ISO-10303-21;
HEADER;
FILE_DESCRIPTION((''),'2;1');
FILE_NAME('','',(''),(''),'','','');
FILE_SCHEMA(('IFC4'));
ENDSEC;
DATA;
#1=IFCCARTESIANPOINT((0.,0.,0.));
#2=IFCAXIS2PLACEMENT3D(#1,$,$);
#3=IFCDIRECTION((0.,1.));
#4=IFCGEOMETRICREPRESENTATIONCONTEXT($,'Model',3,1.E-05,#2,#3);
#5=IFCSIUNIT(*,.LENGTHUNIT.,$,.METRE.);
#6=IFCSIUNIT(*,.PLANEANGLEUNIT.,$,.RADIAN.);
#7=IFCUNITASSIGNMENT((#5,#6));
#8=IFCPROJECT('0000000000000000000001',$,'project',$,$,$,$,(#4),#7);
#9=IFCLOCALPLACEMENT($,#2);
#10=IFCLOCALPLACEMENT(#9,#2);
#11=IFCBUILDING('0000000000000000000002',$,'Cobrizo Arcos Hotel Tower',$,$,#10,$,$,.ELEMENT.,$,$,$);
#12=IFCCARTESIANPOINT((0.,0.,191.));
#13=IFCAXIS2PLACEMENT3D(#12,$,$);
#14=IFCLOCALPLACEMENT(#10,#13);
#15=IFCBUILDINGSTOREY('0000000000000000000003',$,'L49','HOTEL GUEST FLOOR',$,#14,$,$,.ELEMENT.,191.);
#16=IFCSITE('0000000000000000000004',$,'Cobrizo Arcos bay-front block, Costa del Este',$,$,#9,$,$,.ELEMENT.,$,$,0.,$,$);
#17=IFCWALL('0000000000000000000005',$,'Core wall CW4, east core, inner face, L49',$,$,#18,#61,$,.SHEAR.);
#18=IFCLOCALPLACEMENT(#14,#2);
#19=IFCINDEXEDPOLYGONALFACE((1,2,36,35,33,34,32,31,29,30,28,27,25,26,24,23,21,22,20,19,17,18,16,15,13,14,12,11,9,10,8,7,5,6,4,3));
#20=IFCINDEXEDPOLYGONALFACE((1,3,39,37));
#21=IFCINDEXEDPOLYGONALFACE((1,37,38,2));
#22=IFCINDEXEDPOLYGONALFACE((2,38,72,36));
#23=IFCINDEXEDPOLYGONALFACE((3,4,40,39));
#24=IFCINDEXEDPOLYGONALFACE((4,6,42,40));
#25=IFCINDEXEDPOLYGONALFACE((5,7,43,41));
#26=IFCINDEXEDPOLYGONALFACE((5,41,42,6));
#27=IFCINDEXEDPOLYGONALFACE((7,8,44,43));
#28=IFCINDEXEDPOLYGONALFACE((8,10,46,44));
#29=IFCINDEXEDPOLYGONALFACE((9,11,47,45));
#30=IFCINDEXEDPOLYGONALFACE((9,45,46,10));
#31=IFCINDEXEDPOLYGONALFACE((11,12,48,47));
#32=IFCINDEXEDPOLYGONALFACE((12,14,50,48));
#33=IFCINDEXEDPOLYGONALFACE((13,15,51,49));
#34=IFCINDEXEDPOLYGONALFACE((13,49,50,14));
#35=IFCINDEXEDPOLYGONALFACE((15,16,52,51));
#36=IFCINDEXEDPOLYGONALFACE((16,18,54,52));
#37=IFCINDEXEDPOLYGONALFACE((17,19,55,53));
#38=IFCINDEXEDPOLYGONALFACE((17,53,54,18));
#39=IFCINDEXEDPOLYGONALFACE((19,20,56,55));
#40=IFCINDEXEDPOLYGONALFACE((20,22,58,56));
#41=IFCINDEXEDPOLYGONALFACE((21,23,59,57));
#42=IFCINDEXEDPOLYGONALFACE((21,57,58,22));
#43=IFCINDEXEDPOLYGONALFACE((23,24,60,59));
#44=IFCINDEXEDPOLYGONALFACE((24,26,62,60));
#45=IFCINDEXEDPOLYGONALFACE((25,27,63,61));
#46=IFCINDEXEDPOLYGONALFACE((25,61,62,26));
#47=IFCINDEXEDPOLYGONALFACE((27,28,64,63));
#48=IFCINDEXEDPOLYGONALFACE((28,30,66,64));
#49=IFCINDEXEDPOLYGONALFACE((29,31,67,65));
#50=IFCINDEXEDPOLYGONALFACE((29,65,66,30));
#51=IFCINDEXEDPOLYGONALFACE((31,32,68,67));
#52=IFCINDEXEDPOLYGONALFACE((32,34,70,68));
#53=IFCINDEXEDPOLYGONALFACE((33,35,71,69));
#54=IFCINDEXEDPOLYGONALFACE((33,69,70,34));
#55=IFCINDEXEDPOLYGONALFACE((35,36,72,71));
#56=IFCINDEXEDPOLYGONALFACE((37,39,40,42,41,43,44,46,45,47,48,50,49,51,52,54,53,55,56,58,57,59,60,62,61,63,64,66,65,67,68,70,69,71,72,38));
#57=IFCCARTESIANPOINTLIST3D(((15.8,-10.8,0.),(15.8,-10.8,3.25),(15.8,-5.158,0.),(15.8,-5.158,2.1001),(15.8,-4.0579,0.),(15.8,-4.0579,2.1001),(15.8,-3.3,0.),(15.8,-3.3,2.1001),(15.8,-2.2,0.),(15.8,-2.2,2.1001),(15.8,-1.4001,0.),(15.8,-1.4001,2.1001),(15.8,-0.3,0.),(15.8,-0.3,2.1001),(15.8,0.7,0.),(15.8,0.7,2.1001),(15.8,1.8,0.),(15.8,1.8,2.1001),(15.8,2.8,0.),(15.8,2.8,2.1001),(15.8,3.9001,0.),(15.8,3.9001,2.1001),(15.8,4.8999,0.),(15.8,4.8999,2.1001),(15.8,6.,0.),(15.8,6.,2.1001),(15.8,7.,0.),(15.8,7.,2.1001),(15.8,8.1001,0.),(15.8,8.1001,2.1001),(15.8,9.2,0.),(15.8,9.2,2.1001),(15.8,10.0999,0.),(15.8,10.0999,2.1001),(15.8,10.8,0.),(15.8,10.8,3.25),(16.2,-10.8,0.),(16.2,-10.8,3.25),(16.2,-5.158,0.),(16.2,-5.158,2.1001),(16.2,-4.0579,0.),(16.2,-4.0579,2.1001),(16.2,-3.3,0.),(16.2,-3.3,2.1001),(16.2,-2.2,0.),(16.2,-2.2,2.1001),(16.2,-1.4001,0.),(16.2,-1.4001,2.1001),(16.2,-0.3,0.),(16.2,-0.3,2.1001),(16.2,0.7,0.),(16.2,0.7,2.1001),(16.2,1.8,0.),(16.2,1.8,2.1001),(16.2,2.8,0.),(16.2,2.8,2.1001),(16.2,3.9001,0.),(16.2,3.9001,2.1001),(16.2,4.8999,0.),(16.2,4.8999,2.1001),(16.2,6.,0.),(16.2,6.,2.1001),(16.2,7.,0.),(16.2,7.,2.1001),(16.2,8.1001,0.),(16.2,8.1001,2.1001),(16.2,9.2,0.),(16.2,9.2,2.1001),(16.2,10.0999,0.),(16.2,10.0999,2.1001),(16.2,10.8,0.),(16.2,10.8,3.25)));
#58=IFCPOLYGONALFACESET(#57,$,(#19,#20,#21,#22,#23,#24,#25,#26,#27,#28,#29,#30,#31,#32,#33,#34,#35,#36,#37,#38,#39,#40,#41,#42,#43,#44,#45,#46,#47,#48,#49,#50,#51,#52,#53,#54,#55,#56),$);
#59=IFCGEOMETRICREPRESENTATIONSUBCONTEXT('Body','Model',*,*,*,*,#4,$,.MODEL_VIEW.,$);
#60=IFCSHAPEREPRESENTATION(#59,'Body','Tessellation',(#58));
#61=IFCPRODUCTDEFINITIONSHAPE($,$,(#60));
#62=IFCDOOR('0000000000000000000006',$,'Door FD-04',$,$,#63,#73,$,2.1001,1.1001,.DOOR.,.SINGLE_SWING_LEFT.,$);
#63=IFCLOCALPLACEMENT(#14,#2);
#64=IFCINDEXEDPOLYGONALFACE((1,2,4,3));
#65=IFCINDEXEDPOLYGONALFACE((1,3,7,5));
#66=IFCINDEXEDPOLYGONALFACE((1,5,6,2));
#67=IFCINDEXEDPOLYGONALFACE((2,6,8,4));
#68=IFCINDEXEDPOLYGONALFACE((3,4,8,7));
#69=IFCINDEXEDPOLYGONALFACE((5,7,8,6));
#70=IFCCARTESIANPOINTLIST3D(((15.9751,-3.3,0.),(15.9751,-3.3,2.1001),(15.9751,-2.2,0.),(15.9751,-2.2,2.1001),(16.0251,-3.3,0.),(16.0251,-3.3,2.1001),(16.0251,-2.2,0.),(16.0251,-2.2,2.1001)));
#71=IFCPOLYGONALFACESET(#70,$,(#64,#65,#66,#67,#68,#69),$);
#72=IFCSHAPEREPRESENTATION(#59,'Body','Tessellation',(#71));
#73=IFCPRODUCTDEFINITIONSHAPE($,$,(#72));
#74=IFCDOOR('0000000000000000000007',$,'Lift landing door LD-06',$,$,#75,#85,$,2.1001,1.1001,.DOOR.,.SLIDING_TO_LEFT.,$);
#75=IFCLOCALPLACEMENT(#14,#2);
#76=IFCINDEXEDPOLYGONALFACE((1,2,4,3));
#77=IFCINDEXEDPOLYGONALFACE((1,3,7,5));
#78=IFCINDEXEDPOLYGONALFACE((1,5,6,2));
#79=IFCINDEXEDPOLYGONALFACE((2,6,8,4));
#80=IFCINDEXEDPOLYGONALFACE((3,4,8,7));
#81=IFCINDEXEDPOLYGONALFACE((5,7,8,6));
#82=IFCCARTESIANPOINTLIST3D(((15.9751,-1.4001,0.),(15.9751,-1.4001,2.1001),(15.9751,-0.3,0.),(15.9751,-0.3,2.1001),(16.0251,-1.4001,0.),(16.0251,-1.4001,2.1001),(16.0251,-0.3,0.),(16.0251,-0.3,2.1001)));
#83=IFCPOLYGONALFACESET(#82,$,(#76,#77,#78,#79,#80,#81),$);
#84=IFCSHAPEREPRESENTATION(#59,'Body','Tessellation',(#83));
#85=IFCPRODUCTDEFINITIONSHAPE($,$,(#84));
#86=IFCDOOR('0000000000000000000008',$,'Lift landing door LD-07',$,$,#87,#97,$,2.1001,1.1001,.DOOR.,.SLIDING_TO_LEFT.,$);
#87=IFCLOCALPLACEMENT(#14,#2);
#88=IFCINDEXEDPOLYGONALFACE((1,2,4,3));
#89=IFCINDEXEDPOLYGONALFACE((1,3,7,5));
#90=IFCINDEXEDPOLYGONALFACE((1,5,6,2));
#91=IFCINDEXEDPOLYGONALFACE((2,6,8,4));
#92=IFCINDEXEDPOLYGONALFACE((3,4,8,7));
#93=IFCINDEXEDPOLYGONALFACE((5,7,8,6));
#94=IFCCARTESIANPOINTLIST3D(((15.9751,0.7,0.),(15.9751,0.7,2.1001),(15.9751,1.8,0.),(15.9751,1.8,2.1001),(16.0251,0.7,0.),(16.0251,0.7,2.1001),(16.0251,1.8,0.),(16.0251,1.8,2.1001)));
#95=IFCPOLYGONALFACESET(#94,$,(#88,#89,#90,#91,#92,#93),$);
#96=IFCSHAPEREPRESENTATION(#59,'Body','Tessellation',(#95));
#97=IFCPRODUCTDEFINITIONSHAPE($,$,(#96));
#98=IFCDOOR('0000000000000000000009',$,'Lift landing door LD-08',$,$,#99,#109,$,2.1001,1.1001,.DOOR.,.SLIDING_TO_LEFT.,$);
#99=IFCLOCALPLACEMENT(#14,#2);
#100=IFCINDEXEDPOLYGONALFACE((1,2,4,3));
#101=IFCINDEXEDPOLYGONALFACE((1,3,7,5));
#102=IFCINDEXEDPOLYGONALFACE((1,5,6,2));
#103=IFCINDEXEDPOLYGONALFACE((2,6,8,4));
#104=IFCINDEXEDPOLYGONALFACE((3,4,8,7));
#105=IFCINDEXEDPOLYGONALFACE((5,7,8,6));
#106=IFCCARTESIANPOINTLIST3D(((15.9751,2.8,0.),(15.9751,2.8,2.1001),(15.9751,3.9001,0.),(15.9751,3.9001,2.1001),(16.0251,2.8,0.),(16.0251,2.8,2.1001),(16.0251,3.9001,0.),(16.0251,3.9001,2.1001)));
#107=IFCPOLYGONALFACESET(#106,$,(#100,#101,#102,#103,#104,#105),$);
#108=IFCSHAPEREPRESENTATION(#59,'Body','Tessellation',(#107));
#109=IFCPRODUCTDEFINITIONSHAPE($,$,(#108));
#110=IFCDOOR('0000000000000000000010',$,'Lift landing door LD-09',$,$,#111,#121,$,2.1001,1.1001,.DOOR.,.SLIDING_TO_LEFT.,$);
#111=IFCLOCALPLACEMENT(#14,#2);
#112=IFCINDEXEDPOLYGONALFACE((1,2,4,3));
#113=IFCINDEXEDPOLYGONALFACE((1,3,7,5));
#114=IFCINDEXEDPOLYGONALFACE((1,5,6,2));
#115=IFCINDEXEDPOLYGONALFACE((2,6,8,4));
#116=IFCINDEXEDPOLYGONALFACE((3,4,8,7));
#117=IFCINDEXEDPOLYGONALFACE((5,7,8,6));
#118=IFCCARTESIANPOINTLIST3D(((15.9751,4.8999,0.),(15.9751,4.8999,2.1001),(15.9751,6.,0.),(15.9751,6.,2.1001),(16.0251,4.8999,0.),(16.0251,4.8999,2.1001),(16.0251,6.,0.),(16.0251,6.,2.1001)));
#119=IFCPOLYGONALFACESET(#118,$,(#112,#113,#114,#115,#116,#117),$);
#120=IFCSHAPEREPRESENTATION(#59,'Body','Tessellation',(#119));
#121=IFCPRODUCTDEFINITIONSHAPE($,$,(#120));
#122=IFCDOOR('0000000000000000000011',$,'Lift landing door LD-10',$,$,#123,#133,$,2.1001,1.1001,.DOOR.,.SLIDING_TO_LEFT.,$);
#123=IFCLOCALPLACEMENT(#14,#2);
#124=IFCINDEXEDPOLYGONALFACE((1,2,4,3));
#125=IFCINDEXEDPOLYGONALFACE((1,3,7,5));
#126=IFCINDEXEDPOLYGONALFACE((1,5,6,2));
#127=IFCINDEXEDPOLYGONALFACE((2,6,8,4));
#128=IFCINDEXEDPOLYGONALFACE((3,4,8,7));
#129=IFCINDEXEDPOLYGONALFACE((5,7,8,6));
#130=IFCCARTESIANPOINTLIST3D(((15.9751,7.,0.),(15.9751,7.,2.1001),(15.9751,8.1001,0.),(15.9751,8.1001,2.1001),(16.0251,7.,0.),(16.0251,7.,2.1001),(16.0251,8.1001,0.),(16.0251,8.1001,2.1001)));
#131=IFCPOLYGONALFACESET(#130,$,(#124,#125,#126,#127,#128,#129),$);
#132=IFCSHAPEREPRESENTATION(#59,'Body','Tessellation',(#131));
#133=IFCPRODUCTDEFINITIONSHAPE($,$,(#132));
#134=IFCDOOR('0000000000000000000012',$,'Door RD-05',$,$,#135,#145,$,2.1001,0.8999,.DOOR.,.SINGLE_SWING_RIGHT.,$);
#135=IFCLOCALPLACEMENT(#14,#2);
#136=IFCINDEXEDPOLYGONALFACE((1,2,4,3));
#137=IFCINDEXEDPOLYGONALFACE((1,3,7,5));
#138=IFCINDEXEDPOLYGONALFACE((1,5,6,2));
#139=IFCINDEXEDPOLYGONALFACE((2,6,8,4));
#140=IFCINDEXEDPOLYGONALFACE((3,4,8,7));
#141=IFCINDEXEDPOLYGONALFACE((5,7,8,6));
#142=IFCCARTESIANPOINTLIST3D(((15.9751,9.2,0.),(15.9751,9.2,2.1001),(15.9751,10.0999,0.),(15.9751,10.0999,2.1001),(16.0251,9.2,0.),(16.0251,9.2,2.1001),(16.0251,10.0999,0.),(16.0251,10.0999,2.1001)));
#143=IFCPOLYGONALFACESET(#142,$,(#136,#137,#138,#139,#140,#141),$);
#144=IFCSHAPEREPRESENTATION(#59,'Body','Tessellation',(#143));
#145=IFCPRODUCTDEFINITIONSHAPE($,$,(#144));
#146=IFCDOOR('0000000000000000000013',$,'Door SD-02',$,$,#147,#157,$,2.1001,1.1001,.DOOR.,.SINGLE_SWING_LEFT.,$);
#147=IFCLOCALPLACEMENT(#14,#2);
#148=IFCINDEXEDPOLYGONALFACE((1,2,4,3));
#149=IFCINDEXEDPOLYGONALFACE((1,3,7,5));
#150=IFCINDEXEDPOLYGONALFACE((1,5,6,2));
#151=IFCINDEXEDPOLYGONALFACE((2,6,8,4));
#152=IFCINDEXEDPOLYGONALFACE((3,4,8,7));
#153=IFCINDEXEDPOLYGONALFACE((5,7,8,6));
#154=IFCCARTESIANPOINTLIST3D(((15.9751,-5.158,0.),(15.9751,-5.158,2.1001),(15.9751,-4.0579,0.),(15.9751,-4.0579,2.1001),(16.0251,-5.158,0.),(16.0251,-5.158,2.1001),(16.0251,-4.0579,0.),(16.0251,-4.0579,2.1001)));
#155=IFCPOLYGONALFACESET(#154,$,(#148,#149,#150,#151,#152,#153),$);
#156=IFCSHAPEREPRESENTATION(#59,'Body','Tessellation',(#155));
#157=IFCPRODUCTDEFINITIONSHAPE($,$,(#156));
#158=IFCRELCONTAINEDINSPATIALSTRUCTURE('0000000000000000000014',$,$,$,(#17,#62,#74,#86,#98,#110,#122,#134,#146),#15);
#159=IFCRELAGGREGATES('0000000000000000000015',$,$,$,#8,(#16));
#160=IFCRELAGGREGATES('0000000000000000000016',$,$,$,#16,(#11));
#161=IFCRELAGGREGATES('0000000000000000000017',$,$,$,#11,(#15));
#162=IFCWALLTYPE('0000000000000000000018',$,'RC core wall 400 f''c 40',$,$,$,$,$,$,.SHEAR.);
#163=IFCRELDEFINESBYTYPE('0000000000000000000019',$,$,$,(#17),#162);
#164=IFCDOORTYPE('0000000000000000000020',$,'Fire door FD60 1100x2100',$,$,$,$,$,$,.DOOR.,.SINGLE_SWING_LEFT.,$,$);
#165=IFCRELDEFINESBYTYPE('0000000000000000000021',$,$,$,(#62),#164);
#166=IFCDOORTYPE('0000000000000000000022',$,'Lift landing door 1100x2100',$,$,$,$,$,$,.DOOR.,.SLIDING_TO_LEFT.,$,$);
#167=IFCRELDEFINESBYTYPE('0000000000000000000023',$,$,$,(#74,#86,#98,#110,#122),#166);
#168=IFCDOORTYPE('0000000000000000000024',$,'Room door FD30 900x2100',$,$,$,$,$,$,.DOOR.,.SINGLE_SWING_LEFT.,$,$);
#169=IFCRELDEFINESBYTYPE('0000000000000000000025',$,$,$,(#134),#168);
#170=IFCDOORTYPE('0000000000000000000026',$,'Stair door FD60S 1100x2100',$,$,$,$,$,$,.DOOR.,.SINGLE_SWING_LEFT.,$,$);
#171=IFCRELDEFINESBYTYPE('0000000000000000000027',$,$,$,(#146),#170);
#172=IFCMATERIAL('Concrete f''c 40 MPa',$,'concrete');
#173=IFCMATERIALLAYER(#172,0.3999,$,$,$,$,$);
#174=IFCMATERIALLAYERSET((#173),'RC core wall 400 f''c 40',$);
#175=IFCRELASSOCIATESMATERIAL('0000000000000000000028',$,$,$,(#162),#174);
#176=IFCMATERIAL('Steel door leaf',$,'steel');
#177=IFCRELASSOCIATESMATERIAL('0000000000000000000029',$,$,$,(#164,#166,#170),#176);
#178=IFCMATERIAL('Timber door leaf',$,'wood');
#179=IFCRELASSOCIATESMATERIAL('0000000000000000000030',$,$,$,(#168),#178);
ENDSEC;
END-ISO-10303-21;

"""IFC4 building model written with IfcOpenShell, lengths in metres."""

from ifc_helpers import new_model, si_unit, direction, frame, frame_2d, origin, place, context, subcontext, project, spatial, rectangle, extrude, material, layer, layer_set, type_object, element, fill, save


model = new_model("IFC4")

# Units and contexts
model_context = context("Model", 3, precision=1e-05, world=origin(), true_north=direction((0.0, 1.0)))
body_context = subcontext(model_context, "Body", "Model", "MODEL_VIEW")
ifc_project = project(units=[si_unit("LENGTHUNIT", "METRE"), si_unit("PLANEANGLEUNIT", "RADIAN")], contexts=[model_context])

# Site, building, storey
site_placement = place(None, origin())
site = spatial("IfcSite", under=ifc_project, at=site_placement, Name="Cobrizo Arcos bay-front block, Costa del Este", CompositionType="ELEMENT", RefElevation=0.0)
building_placement = place(site_placement, origin())
building = spatial("IfcBuilding", under=site, at=building_placement, Name="Cobrizo Arcos Hotel Tower", CompositionType="ELEMENT")
storey_placement = place(building_placement, frame((0.0, 0.0, 191.0)))
storey = spatial("IfcBuildingStorey", under=building, at=storey_placement, Name="L49", Description="HOTEL GUEST FLOOR", CompositionType="ELEMENT", Elevation=191.0)

# Wall, openings, doors
ifc_material_1 = material(Name="Concrete f'c 40 MPa", Category="concrete")
ifc_layer_1 = layer(ifc_material_1, 0.3999)
ifc_layer_set_1 = layer_set([ifc_layer_1], Name="RC core wall 400 f'c 40")
wall_type_1 = type_object("IfcWallType", Name="RC core wall 400 f'c 40", PredefinedType="SHEAR", material=ifc_layer_set_1)
wall_1_placement = place(storey_placement, frame((16.0, -10.8, 0.0), z_axis=(0.0, 0.0, 1.0), x_axis=(0.0, 1.0, 0.0)))
wall_1 = element("IfcWall", 1, at=wall_1_placement, inside=storey, type_object=wall_type_1, Name="Core wall CW4, east core, inner face, L49", PredefinedType="SHEAR", context=body_context, shape_type="SweptSolid", body=[
    extrude(rectangle(XDim=21.6001, YDim=0.3999, at=frame_2d((10.8, 0.0))), origin(), (0.0, 0.0, 1.0), 3.25),
])
opening_1_placement = place(wall_1_placement, frame((9.3999, 0.0, 0.0)))
opening_1 = element("IfcOpeningElement", 2, at=opening_1_placement, cuts=wall_1, PredefinedType="OPENING", context=body_context, shape_type="SweptSolid", body=[
    extrude(rectangle(XDim=1.1001, YDim=2.1001, at=frame_2d((0.55, 1.05))), frame((0.0, 0.2119, 0.0), z_axis=(0.0, -1.0, 0.0), x_axis=(1.0, 0.0, 0.0)), (0.0, 0.0, 1.0), 0.4238),
])
opening_2_placement = place(wall_1_placement, frame((11.5, 0.0, 0.0)))
opening_2 = element("IfcOpeningElement", 3, at=opening_2_placement, cuts=wall_1, PredefinedType="OPENING", context=body_context, shape_type="SweptSolid", body=[
    extrude(rectangle(XDim=1.1001, YDim=2.1001, at=frame_2d((0.55, 1.05))), frame((0.0, 0.2119, 0.0), z_axis=(0.0, -1.0, 0.0), x_axis=(1.0, 0.0, 0.0)), (0.0, 0.0, 1.0), 0.4238),
])
opening_3_placement = place(wall_1_placement, frame((13.6001, 0.0, 0.0)))
opening_3 = element("IfcOpeningElement", 4, at=opening_3_placement, cuts=wall_1, PredefinedType="OPENING", context=body_context, shape_type="SweptSolid", body=[
    extrude(rectangle(XDim=1.1001, YDim=2.1001, at=frame_2d((0.55, 1.05))), frame((0.0, 0.2119, 0.0), z_axis=(0.0, -1.0, 0.0), x_axis=(1.0, 0.0, 0.0)), (0.0, 0.0, 1.0), 0.4238),
])
opening_4_placement = place(wall_1_placement, frame((15.7, 0.0, 0.0)))
opening_4 = element("IfcOpeningElement", 5, at=opening_4_placement, cuts=wall_1, PredefinedType="OPENING", context=body_context, shape_type="SweptSolid", body=[
    extrude(rectangle(XDim=1.1001, YDim=2.1001, at=frame_2d((0.55, 1.05))), frame((0.0, 0.2119, 0.0), z_axis=(0.0, -1.0, 0.0), x_axis=(1.0, 0.0, 0.0)), (0.0, 0.0, 1.0), 0.4238),
])
opening_5_placement = place(wall_1_placement, frame((17.8, 0.0, 0.0)))
opening_5 = element("IfcOpeningElement", 6, at=opening_5_placement, cuts=wall_1, PredefinedType="OPENING", context=body_context, shape_type="SweptSolid", body=[
    extrude(rectangle(XDim=1.1001, YDim=2.1001, at=frame_2d((0.55, 1.05))), frame((0.0, 0.2119, 0.0), z_axis=(0.0, -1.0, 0.0), x_axis=(1.0, 0.0, 0.0)), (0.0, 0.0, 1.0), 0.4238),
])
opening_6_placement = place(wall_1_placement, frame((5.6421, 0.0, 0.0)))
opening_6 = element("IfcOpeningElement", 7, at=opening_6_placement, cuts=wall_1, PredefinedType="OPENING", context=body_context, shape_type="SweptSolid", body=[
    extrude(rectangle(XDim=1.1001, YDim=2.1001, at=frame_2d((0.55, 1.05))), frame((0.0, 0.2119, 0.0), z_axis=(0.0, -1.0, 0.0), x_axis=(1.0, 0.0, 0.0)), (0.0, 0.0, 1.0), 0.4238),
])
opening_7_placement = place(wall_1_placement, frame((7.5, 0.0, 0.0)))
opening_7 = element("IfcOpeningElement", 8, at=opening_7_placement, cuts=wall_1, PredefinedType="OPENING", context=body_context, shape_type="SweptSolid", body=[
    extrude(rectangle(XDim=1.1001, YDim=2.1001, at=frame_2d((0.55, 1.05))), frame((0.0, 0.2119, 0.0), z_axis=(0.0, -1.0, 0.0), x_axis=(1.0, 0.0, 0.0)), (0.0, 0.0, 1.0), 0.4238),
])
opening_8_placement = place(wall_1_placement, frame((20.0, 0.0, 0.0)))
opening_8 = element("IfcOpeningElement", 9, at=opening_8_placement, cuts=wall_1, PredefinedType="OPENING", context=body_context, shape_type="SweptSolid", body=[
    extrude(rectangle(XDim=0.8999, YDim=2.1001, at=frame_2d((0.45, 1.05))), frame((0.0, 0.2119, 0.0), z_axis=(0.0, -1.0, 0.0), x_axis=(1.0, 0.0, 0.0)), (0.0, 0.0, 1.0), 0.4238),
])
ifc_material_2 = material(Name="Steel door leaf", Category="steel")
door_type_1 = type_object("IfcDoorType", Name="Fire door FD60 1100x2100", OperationType="SINGLE_SWING_LEFT", PredefinedType="DOOR", material=ifc_material_2)
door_1_placement = place(opening_7_placement, origin())
door_1 = element("IfcDoor", 10, at=door_1_placement, inside=storey, type_object=door_type_1, Name="Door FD-04", OperationType="SINGLE_SWING_LEFT", OverallHeight=2.1001, OverallWidth=1.1001, PredefinedType="DOOR", context=body_context, shape_type="SweptSolid", body=[
    extrude(rectangle(XDim=1.1001, YDim=2.1001, at=frame_2d((0.55, 1.05))), frame((0.0, 0.0249, 0.0), z_axis=(0.0, -1.0, 0.0), x_axis=(1.0, 0.0, 0.0)), (0.0, 0.0, 1.0), 0.05),
])
fill(opening_7, door_1)
door_type_2 = type_object("IfcDoorType", Name="Lift landing door 1100x2100", OperationType="SLIDING_TO_LEFT", PredefinedType="DOOR", material=ifc_material_2)
door_2_placement = place(opening_1_placement, origin())
door_2 = element("IfcDoor", 11, at=door_2_placement, inside=storey, type_object=door_type_2, Name="Lift landing door LD-06", OperationType="SLIDING_TO_LEFT", OverallHeight=2.1001, OverallWidth=1.1001, PredefinedType="DOOR", context=body_context, shape_type="SweptSolid", body=[
    extrude(rectangle(XDim=1.1001, YDim=2.1001, at=frame_2d((0.55, 1.05))), frame((0.0, 0.0249, 0.0), z_axis=(0.0, -1.0, 0.0), x_axis=(1.0, 0.0, 0.0)), (0.0, 0.0, 1.0), 0.05),
])
fill(opening_1, door_2)
door_3_placement = place(opening_2_placement, origin())
door_3 = element("IfcDoor", 12, at=door_3_placement, inside=storey, type_object=door_type_2, Name="Lift landing door LD-07", OperationType="SLIDING_TO_LEFT", OverallHeight=2.1001, OverallWidth=1.1001, PredefinedType="DOOR", context=body_context, shape_type="SweptSolid", body=[
    extrude(rectangle(XDim=1.1001, YDim=2.1001, at=frame_2d((0.55, 1.05))), frame((0.0, 0.0249, 0.0), z_axis=(0.0, -1.0, 0.0), x_axis=(1.0, 0.0, 0.0)), (0.0, 0.0, 1.0), 0.05),
])
fill(opening_2, door_3)
door_4_placement = place(opening_3_placement, origin())
door_4 = element("IfcDoor", 13, at=door_4_placement, inside=storey, type_object=door_type_2, Name="Lift landing door LD-08", OperationType="SLIDING_TO_LEFT", OverallHeight=2.1001, OverallWidth=1.1001, PredefinedType="DOOR", context=body_context, shape_type="SweptSolid", body=[
    extrude(rectangle(XDim=1.1001, YDim=2.1001, at=frame_2d((0.55, 1.05))), frame((0.0, 0.0249, 0.0), z_axis=(0.0, -1.0, 0.0), x_axis=(1.0, 0.0, 0.0)), (0.0, 0.0, 1.0), 0.05),
])
fill(opening_3, door_4)
door_5_placement = place(opening_4_placement, origin())
door_5 = element("IfcDoor", 14, at=door_5_placement, inside=storey, type_object=door_type_2, Name="Lift landing door LD-09", OperationType="SLIDING_TO_LEFT", OverallHeight=2.1001, OverallWidth=1.1001, PredefinedType="DOOR", context=body_context, shape_type="SweptSolid", body=[
    extrude(rectangle(XDim=1.1001, YDim=2.1001, at=frame_2d((0.55, 1.05))), frame((0.0, 0.0249, 0.0), z_axis=(0.0, -1.0, 0.0), x_axis=(1.0, 0.0, 0.0)), (0.0, 0.0, 1.0), 0.05),
])
fill(opening_4, door_5)
door_6_placement = place(opening_5_placement, origin())
door_6 = element("IfcDoor", 15, at=door_6_placement, inside=storey, type_object=door_type_2, Name="Lift landing door LD-10", OperationType="SLIDING_TO_LEFT", OverallHeight=2.1001, OverallWidth=1.1001, PredefinedType="DOOR", context=body_context, shape_type="SweptSolid", body=[
    extrude(rectangle(XDim=1.1001, YDim=2.1001, at=frame_2d((0.55, 1.05))), frame((0.0, 0.0249, 0.0), z_axis=(0.0, -1.0, 0.0), x_axis=(1.0, 0.0, 0.0)), (0.0, 0.0, 1.0), 0.05),
])
fill(opening_5, door_6)
ifc_material_3 = material(Name="Timber door leaf", Category="wood")
door_type_3 = type_object("IfcDoorType", Name="Room door FD30 900x2100", OperationType="SINGLE_SWING_LEFT", PredefinedType="DOOR", material=ifc_material_3)
door_7_placement = place(opening_8_placement, origin())
door_7 = element("IfcDoor", 16, at=door_7_placement, inside=storey, type_object=door_type_3, Name="Door RD-05", OperationType="SINGLE_SWING_RIGHT", OverallHeight=2.1001, OverallWidth=0.8999, PredefinedType="DOOR", context=body_context, shape_type="SweptSolid", body=[
    extrude(rectangle(XDim=0.8999, YDim=2.1001, at=frame_2d((0.45, 1.05))), frame((0.0, 0.0249, 0.0), z_axis=(0.0, -1.0, 0.0), x_axis=(1.0, 0.0, 0.0)), (0.0, 0.0, 1.0), 0.05),
])
fill(opening_8, door_7)
door_type_4 = type_object("IfcDoorType", Name="Stair door FD60S 1100x2100", OperationType="SINGLE_SWING_LEFT", PredefinedType="DOOR", material=ifc_material_2)
door_8_placement = place(opening_6_placement, origin())
door_8 = element("IfcDoor", 17, at=door_8_placement, inside=storey, type_object=door_type_4, Name="Door SD-02", OperationType="SINGLE_SWING_LEFT", OverallHeight=2.1001, OverallWidth=1.1001, PredefinedType="DOOR", context=body_context, shape_type="SweptSolid", body=[
    extrude(rectangle(XDim=1.1001, YDim=2.1001, at=frame_2d((0.55, 1.05))), frame((0.0, 0.0249, 0.0), z_axis=(0.0, -1.0, 0.0), x_axis=(1.0, 0.0, 0.0)), (0.0, 0.0, 1.0), 0.05),
])
fill(opening_6, door_8)

save(model, "model.ifc")
